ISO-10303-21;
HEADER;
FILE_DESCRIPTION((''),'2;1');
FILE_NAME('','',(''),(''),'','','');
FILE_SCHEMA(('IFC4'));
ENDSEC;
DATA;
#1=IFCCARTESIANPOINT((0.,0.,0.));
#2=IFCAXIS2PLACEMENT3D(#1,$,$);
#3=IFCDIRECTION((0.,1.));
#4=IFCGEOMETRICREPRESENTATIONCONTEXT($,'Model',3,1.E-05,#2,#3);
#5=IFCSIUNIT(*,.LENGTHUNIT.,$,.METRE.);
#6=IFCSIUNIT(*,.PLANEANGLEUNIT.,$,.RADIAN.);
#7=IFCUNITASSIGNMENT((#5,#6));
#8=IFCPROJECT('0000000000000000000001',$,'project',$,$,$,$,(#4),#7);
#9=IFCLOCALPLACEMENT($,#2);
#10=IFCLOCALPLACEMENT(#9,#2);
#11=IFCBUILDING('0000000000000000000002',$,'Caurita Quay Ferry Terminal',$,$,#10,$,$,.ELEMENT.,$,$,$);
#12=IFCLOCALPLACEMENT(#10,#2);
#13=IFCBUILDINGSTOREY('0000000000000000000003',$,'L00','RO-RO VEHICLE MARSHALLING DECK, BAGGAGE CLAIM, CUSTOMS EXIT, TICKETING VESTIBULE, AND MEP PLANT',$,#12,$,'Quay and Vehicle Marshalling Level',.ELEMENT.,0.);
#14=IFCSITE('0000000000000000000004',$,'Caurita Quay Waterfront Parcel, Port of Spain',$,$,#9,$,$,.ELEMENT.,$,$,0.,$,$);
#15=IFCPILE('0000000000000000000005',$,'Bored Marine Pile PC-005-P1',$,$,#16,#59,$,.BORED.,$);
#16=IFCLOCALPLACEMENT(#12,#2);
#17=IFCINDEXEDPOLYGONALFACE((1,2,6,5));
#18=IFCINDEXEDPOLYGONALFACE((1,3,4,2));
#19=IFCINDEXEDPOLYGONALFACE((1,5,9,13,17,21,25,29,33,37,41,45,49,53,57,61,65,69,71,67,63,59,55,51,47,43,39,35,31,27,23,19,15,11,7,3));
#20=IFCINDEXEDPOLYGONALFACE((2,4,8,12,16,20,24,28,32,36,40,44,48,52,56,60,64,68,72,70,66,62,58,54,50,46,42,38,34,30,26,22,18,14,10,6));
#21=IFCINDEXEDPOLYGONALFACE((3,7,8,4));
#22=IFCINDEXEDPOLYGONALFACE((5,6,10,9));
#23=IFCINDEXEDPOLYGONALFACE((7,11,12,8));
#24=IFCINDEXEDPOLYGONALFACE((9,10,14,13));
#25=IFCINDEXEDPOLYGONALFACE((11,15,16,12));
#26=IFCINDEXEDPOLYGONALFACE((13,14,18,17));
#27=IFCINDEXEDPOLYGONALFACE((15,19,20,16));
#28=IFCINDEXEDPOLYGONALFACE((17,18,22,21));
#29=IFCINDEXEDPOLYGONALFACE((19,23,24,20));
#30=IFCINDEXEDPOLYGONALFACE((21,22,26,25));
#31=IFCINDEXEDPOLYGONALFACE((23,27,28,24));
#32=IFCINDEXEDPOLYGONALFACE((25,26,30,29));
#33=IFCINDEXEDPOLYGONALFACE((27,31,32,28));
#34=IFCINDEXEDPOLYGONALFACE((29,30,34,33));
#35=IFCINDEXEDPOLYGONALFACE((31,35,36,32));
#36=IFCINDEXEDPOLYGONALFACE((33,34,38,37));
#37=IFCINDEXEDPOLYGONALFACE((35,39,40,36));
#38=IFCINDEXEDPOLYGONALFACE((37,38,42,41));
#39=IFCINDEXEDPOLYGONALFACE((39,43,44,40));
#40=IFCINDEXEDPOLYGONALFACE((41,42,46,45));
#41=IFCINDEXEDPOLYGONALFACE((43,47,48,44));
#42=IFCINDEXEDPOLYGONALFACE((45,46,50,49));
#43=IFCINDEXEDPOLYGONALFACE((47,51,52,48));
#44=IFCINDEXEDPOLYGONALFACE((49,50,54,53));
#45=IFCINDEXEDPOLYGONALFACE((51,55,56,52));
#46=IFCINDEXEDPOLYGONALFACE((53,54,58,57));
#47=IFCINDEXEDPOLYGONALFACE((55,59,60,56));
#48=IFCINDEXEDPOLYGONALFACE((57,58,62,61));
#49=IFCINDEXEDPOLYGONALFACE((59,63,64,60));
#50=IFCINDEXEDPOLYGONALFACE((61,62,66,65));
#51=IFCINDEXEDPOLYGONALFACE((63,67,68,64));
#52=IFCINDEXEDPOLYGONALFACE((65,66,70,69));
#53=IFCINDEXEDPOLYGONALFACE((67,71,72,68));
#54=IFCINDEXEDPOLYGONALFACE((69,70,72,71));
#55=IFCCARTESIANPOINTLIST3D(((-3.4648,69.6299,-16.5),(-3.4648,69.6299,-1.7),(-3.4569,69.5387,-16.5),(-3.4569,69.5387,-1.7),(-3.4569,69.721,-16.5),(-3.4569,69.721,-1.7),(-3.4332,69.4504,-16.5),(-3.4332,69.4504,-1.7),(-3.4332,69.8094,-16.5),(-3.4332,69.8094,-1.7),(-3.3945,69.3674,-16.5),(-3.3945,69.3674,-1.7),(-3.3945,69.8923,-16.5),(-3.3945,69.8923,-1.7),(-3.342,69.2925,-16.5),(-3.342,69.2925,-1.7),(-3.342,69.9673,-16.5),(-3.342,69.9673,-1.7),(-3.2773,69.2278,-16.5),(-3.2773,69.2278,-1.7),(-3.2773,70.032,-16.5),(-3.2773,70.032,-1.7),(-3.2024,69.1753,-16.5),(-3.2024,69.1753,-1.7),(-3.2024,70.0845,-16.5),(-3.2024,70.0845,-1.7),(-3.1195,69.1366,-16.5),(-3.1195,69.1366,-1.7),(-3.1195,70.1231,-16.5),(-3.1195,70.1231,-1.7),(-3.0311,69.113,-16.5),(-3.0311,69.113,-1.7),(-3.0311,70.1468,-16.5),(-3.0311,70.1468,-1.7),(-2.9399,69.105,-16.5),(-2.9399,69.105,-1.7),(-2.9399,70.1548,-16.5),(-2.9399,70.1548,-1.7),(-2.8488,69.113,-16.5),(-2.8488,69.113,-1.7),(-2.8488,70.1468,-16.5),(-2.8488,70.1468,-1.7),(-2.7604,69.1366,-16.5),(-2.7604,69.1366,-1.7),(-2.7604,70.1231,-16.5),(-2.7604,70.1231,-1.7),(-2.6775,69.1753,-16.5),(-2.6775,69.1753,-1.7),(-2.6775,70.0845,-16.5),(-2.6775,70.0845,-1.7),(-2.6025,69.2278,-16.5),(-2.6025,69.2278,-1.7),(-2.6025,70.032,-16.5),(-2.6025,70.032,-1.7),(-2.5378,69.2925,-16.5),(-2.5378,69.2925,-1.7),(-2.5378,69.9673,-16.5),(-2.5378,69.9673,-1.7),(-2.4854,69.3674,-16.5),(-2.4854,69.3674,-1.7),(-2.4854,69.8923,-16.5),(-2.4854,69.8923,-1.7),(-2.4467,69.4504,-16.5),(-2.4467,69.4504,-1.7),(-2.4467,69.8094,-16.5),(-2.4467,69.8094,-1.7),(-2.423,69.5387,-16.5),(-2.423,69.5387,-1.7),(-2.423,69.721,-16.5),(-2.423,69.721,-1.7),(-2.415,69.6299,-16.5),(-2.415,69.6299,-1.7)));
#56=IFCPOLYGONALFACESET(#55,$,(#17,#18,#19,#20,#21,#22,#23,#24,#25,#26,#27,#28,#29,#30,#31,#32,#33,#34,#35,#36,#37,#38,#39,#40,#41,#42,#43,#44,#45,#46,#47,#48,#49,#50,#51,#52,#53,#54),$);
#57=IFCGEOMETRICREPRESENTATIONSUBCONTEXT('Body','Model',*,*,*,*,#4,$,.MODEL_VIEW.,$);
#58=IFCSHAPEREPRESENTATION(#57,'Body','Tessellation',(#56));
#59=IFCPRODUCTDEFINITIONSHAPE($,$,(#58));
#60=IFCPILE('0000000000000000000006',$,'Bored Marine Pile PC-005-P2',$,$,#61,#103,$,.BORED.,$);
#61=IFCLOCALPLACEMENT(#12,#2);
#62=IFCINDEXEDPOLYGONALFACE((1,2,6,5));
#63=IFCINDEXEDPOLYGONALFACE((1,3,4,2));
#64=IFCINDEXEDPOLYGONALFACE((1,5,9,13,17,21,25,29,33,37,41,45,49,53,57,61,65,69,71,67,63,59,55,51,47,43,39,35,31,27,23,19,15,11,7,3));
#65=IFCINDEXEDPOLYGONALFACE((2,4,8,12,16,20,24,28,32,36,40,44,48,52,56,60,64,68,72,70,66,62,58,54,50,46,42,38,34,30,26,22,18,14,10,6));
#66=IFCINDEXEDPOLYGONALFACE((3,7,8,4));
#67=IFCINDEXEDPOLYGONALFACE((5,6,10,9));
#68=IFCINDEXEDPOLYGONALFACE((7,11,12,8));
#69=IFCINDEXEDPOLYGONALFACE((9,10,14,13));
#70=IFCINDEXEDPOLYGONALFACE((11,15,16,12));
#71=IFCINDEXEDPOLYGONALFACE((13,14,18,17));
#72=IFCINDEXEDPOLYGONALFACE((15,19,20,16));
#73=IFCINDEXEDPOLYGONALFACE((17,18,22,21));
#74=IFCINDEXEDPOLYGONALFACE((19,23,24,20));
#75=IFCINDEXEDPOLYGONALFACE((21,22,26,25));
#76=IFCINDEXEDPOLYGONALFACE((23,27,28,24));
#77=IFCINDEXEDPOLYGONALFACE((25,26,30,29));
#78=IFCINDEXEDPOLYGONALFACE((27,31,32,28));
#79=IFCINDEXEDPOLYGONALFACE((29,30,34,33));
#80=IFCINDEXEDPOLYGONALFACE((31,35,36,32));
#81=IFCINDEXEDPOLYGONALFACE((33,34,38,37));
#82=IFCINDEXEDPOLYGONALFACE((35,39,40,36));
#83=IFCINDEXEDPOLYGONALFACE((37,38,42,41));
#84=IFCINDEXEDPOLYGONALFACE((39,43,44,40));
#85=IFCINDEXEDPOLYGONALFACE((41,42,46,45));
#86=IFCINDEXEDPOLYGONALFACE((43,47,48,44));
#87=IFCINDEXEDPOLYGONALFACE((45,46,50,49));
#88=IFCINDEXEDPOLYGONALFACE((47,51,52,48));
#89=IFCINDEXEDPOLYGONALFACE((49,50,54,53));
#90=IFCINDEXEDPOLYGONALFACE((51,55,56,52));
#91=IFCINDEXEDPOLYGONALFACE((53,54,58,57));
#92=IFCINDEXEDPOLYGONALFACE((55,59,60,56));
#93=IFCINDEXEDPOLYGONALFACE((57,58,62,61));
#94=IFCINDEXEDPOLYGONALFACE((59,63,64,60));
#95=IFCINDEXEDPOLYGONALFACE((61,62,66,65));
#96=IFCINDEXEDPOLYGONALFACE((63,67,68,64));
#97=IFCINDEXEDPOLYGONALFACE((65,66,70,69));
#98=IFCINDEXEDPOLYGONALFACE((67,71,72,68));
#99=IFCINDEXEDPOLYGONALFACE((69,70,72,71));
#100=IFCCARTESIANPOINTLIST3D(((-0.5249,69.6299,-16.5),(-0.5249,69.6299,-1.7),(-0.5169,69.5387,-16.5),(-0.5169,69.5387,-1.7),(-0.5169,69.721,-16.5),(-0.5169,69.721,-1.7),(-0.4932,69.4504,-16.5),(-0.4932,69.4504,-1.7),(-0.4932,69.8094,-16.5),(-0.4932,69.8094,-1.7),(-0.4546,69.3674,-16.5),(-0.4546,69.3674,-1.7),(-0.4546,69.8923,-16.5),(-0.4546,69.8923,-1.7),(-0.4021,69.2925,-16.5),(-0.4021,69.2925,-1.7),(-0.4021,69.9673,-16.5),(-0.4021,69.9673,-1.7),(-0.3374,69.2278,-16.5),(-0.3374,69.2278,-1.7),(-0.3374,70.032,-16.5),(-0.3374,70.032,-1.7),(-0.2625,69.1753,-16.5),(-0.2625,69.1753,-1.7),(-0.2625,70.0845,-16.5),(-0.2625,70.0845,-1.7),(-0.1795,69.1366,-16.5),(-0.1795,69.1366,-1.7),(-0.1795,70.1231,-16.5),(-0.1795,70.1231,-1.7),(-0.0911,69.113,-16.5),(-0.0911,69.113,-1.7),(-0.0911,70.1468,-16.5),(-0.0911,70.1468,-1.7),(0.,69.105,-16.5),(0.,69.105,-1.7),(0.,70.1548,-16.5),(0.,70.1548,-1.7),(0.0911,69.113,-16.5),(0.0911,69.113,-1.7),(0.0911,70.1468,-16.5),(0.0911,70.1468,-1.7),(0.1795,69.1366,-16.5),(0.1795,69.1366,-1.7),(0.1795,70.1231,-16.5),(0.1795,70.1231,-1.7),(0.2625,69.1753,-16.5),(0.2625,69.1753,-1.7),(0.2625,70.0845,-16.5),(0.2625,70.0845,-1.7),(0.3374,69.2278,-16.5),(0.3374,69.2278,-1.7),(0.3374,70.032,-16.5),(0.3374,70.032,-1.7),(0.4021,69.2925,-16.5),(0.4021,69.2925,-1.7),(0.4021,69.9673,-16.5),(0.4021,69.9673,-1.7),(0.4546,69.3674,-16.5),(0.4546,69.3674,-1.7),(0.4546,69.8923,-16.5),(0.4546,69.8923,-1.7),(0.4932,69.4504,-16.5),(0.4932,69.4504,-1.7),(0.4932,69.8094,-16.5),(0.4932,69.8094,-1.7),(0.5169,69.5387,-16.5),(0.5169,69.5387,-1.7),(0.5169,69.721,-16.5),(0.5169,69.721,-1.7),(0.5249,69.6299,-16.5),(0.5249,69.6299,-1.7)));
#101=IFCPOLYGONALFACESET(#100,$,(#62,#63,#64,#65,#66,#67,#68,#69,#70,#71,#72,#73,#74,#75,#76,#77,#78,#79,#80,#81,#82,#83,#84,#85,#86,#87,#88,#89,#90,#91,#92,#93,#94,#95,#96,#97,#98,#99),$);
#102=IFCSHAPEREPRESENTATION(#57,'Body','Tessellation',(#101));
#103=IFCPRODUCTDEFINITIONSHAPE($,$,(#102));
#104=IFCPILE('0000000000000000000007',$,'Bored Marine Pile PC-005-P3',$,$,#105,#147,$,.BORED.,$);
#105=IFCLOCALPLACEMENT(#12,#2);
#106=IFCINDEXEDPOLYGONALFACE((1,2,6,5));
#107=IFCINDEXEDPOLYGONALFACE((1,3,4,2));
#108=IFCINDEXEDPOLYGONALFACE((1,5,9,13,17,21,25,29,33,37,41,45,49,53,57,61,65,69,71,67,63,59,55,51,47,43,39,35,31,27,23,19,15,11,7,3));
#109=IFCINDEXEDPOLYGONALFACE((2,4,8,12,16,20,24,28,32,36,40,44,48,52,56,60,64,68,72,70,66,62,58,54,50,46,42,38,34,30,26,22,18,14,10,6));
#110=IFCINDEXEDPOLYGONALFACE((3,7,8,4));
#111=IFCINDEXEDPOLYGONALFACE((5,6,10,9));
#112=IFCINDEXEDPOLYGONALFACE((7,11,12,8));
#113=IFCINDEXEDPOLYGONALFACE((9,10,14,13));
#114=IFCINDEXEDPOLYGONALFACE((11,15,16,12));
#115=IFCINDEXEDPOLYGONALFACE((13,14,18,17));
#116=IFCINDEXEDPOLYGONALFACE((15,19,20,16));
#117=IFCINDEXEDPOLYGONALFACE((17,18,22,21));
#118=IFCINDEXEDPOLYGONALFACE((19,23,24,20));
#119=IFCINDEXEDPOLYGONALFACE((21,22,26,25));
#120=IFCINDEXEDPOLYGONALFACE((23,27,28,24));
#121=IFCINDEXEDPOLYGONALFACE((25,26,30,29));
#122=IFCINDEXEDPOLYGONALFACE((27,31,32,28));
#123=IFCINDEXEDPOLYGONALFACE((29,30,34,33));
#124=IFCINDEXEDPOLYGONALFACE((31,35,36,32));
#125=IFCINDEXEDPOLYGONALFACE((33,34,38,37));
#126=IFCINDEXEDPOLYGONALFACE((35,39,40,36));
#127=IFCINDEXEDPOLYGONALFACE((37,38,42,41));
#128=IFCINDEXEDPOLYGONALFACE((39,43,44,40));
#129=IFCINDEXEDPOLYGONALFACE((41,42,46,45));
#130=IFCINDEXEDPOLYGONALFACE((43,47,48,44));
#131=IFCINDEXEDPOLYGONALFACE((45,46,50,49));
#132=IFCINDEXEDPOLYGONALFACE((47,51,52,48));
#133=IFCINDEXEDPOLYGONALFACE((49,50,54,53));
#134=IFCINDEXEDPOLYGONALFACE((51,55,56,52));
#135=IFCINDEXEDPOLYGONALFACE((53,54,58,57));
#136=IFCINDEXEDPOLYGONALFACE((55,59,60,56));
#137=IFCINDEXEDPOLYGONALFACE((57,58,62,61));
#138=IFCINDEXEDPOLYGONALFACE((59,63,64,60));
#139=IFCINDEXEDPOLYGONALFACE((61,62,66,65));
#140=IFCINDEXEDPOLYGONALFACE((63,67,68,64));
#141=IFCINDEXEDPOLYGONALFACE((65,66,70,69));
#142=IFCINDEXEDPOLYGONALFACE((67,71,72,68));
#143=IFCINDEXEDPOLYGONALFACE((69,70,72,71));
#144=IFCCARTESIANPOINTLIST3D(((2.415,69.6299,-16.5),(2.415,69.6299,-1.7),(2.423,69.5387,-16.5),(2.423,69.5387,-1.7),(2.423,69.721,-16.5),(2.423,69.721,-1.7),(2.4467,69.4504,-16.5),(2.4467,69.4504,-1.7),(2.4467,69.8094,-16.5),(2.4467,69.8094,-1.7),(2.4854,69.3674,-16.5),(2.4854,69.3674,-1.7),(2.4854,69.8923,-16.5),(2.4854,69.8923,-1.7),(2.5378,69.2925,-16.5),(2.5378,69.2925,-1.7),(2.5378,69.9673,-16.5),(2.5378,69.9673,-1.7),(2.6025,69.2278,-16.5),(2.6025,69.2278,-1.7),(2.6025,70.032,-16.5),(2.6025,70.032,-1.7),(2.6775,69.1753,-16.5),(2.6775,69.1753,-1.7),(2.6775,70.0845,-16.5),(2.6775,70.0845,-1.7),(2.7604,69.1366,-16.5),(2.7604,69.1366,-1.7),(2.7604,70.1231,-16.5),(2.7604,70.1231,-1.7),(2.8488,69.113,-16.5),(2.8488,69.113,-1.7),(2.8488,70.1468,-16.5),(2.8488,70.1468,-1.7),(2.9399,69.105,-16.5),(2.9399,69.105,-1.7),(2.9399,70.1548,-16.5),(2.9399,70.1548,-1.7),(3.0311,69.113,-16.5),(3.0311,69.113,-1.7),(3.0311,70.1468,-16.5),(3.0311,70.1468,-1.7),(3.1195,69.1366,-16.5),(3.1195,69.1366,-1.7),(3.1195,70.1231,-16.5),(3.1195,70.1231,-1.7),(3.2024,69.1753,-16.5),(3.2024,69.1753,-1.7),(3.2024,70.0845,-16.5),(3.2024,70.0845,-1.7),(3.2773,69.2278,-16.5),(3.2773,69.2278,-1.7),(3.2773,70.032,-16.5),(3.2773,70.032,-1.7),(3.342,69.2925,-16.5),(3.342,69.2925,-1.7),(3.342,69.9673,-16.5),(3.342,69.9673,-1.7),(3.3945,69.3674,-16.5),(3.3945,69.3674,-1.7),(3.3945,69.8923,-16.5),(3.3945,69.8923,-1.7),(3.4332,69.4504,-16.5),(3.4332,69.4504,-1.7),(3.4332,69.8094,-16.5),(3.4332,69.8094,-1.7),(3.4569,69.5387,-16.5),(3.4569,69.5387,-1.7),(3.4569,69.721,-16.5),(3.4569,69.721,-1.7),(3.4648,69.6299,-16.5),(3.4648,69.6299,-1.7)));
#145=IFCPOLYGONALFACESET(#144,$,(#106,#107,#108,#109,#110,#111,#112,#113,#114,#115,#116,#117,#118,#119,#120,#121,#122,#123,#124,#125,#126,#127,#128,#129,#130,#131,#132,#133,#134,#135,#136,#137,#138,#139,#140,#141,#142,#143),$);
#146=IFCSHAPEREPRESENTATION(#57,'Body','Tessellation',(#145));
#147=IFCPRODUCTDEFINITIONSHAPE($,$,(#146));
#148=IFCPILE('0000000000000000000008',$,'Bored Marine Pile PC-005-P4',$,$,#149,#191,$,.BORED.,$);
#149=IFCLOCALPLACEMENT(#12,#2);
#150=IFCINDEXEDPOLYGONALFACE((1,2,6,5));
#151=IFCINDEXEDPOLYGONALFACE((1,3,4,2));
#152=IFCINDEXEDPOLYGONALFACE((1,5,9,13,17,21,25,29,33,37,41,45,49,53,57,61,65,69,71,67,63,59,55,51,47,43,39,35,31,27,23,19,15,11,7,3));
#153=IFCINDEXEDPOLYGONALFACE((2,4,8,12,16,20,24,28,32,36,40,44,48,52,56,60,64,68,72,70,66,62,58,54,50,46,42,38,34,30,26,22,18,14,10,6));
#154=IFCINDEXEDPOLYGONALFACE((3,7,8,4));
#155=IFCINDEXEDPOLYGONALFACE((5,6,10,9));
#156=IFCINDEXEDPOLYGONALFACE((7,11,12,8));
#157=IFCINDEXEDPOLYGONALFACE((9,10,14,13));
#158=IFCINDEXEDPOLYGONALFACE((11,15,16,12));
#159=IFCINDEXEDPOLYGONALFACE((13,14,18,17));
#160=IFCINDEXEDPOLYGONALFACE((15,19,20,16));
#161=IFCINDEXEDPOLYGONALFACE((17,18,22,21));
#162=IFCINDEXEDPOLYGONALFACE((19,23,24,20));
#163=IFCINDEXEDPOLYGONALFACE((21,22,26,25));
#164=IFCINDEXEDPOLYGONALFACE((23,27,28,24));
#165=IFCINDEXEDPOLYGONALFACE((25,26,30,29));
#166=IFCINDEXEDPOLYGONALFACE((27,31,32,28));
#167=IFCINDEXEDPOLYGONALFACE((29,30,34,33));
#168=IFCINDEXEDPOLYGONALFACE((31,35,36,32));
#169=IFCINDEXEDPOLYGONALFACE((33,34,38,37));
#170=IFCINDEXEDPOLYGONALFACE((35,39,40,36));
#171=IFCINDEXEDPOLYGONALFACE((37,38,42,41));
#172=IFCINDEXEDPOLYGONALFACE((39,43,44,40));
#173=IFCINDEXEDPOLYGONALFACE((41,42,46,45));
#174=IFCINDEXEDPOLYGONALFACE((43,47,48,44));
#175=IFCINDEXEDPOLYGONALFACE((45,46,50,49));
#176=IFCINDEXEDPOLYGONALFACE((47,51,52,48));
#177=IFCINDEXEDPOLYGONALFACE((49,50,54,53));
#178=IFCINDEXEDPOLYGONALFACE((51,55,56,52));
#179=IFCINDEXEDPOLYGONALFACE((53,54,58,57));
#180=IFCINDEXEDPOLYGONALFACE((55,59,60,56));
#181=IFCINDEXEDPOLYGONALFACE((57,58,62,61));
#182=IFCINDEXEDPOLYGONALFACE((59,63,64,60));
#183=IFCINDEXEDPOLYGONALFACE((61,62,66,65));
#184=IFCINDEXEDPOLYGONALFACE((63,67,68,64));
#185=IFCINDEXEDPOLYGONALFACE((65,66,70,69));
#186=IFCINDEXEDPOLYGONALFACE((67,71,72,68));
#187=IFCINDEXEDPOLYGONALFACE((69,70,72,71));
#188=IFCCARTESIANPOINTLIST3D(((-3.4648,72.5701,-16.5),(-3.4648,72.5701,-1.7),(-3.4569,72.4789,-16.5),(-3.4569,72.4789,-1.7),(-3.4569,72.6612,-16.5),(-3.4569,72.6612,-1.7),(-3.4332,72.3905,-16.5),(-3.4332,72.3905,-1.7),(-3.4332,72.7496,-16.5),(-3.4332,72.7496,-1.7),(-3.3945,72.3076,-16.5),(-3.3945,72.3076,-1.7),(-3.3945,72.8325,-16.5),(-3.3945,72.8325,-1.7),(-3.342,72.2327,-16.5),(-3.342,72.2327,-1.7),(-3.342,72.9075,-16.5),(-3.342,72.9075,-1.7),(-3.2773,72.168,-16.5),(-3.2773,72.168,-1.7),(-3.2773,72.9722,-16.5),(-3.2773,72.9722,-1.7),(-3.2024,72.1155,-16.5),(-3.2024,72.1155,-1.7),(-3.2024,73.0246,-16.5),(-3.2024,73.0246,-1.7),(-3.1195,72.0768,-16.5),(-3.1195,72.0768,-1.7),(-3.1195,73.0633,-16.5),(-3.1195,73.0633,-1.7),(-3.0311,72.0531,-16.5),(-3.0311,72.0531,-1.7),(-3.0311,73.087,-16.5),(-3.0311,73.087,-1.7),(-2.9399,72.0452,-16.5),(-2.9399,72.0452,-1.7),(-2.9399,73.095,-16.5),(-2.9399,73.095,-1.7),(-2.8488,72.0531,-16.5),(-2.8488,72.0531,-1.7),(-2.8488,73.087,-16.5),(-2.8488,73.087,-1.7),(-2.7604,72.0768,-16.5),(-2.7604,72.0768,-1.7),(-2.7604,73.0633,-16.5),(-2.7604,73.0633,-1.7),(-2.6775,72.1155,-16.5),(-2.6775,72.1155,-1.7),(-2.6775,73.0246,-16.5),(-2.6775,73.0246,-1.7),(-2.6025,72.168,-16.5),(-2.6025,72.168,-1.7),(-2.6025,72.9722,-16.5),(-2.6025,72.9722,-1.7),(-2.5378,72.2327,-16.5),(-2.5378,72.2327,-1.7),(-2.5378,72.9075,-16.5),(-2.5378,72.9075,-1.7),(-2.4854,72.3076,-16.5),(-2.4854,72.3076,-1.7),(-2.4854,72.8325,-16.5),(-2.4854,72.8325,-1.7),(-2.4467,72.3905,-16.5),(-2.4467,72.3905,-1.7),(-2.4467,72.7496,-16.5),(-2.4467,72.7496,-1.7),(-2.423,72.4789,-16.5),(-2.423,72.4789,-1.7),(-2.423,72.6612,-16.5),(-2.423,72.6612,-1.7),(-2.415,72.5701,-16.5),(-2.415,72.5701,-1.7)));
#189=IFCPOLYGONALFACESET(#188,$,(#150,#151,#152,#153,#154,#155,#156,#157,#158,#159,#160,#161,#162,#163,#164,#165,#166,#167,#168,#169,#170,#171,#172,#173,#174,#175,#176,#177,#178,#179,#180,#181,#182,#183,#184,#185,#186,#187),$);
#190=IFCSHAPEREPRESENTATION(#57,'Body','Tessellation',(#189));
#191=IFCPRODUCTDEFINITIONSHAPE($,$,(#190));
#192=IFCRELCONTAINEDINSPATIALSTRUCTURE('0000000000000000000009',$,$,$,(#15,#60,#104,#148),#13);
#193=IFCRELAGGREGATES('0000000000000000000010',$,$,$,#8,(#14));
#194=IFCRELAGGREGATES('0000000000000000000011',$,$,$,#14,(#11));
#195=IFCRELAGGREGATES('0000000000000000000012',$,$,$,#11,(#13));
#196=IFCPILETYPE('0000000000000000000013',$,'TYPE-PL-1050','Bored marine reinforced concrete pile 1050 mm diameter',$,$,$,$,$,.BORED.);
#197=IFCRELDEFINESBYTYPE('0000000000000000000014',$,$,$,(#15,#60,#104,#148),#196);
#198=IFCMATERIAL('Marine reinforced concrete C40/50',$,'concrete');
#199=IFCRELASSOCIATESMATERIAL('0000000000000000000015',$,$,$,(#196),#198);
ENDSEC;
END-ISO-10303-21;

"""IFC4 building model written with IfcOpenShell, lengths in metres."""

from ifc_helpers import new_model, si_unit, direction, frame, origin, origin_2d, place, context, subcontext, project, spatial, circle, extrude, material, material_profile, profile_set, type_object, element, save


model = new_model("IFC4")

# Units and contexts
model_context = context("Model", 3, precision=1e-05, world=origin(), true_north=direction((0.0, 1.0)))
body_context = subcontext(model_context, "Body", "Model", "MODEL_VIEW")
ifc_project = project(units=[si_unit("LENGTHUNIT", "METRE"), si_unit("PLANEANGLEUNIT", "RADIAN")], contexts=[model_context])

# Site, building, storey
site_placement = place(None, origin())
site = spatial("IfcSite", under=ifc_project, at=site_placement, Name="Caurita Quay Waterfront Parcel, Port of Spain", CompositionType="ELEMENT", RefElevation=0.0)
building_placement = place(site_placement, origin())
building = spatial("IfcBuilding", under=site, at=building_placement, Name="Caurita Quay Ferry Terminal", CompositionType="ELEMENT")
storey_placement = place(building_placement, origin())
storey = spatial("IfcBuildingStorey", under=building, at=storey_placement, Name="L00", Description="RO-RO VEHICLE MARSHALLING DECK, BAGGAGE CLAIM, CUSTOMS EXIT, TICKETING VESTIBULE, AND MEP PLANT", LongName="Quay and Vehicle Marshalling Level", CompositionType="ELEMENT", Elevation=0.0)

# Piles
ifc_material_1 = material(Name="Marine reinforced concrete C40/50", Category="concrete")
ifc_material_profile_1 = material_profile(ifc_material_1, circle(Radius=0.5249, at=origin_2d()), Name="PILE-D1050")
ifc_profile_set_1 = profile_set([ifc_material_profile_1], Name="Marine reinforced concrete C40/50")
pile_type = type_object("IfcPileType", Name="TYPE-PL-1050", Description="Bored marine reinforced concrete pile 1050 mm diameter", PredefinedType="BORED", material=ifc_profile_set_1)
for number, where, z_axis, x_axis, name in (
    (1, (-2.9399, 69.6299, -1.7), (0.0, 0.0, -1.0), (1.0, 0.0, 0.0), "Bored Marine Pile PC-005-P1"),
    (2, (0.0, 69.6299, -1.7), (0.0, 0.0, -1.0), (1.0, 0.0, 0.0), "Bored Marine Pile PC-005-P2"),
    (3, (2.9399, 69.6299, -1.7), (0.0, 0.0, -1.0), (1.0, 0.0, 0.0), "Bored Marine Pile PC-005-P3"),
    (4, (-2.9399, 72.5701, -1.7), (0.0, 0.0, -1.0), (1.0, 0.0, 0.0), "Bored Marine Pile PC-005-P4"),
):
    element("IfcPile", number, at=place(storey_placement, frame(where, z_axis=z_axis, x_axis=x_axis)), inside=storey, type_object=pile_type, Name=name, PredefinedType="BORED", context=body_context, shape_type="SweptSolid", body=[
        extrude(circle(Radius=0.5249, at=origin_2d()), origin(), (0.0, 0.0, 1.0), 14.8),
    ])

save(model, "model.ifc")
